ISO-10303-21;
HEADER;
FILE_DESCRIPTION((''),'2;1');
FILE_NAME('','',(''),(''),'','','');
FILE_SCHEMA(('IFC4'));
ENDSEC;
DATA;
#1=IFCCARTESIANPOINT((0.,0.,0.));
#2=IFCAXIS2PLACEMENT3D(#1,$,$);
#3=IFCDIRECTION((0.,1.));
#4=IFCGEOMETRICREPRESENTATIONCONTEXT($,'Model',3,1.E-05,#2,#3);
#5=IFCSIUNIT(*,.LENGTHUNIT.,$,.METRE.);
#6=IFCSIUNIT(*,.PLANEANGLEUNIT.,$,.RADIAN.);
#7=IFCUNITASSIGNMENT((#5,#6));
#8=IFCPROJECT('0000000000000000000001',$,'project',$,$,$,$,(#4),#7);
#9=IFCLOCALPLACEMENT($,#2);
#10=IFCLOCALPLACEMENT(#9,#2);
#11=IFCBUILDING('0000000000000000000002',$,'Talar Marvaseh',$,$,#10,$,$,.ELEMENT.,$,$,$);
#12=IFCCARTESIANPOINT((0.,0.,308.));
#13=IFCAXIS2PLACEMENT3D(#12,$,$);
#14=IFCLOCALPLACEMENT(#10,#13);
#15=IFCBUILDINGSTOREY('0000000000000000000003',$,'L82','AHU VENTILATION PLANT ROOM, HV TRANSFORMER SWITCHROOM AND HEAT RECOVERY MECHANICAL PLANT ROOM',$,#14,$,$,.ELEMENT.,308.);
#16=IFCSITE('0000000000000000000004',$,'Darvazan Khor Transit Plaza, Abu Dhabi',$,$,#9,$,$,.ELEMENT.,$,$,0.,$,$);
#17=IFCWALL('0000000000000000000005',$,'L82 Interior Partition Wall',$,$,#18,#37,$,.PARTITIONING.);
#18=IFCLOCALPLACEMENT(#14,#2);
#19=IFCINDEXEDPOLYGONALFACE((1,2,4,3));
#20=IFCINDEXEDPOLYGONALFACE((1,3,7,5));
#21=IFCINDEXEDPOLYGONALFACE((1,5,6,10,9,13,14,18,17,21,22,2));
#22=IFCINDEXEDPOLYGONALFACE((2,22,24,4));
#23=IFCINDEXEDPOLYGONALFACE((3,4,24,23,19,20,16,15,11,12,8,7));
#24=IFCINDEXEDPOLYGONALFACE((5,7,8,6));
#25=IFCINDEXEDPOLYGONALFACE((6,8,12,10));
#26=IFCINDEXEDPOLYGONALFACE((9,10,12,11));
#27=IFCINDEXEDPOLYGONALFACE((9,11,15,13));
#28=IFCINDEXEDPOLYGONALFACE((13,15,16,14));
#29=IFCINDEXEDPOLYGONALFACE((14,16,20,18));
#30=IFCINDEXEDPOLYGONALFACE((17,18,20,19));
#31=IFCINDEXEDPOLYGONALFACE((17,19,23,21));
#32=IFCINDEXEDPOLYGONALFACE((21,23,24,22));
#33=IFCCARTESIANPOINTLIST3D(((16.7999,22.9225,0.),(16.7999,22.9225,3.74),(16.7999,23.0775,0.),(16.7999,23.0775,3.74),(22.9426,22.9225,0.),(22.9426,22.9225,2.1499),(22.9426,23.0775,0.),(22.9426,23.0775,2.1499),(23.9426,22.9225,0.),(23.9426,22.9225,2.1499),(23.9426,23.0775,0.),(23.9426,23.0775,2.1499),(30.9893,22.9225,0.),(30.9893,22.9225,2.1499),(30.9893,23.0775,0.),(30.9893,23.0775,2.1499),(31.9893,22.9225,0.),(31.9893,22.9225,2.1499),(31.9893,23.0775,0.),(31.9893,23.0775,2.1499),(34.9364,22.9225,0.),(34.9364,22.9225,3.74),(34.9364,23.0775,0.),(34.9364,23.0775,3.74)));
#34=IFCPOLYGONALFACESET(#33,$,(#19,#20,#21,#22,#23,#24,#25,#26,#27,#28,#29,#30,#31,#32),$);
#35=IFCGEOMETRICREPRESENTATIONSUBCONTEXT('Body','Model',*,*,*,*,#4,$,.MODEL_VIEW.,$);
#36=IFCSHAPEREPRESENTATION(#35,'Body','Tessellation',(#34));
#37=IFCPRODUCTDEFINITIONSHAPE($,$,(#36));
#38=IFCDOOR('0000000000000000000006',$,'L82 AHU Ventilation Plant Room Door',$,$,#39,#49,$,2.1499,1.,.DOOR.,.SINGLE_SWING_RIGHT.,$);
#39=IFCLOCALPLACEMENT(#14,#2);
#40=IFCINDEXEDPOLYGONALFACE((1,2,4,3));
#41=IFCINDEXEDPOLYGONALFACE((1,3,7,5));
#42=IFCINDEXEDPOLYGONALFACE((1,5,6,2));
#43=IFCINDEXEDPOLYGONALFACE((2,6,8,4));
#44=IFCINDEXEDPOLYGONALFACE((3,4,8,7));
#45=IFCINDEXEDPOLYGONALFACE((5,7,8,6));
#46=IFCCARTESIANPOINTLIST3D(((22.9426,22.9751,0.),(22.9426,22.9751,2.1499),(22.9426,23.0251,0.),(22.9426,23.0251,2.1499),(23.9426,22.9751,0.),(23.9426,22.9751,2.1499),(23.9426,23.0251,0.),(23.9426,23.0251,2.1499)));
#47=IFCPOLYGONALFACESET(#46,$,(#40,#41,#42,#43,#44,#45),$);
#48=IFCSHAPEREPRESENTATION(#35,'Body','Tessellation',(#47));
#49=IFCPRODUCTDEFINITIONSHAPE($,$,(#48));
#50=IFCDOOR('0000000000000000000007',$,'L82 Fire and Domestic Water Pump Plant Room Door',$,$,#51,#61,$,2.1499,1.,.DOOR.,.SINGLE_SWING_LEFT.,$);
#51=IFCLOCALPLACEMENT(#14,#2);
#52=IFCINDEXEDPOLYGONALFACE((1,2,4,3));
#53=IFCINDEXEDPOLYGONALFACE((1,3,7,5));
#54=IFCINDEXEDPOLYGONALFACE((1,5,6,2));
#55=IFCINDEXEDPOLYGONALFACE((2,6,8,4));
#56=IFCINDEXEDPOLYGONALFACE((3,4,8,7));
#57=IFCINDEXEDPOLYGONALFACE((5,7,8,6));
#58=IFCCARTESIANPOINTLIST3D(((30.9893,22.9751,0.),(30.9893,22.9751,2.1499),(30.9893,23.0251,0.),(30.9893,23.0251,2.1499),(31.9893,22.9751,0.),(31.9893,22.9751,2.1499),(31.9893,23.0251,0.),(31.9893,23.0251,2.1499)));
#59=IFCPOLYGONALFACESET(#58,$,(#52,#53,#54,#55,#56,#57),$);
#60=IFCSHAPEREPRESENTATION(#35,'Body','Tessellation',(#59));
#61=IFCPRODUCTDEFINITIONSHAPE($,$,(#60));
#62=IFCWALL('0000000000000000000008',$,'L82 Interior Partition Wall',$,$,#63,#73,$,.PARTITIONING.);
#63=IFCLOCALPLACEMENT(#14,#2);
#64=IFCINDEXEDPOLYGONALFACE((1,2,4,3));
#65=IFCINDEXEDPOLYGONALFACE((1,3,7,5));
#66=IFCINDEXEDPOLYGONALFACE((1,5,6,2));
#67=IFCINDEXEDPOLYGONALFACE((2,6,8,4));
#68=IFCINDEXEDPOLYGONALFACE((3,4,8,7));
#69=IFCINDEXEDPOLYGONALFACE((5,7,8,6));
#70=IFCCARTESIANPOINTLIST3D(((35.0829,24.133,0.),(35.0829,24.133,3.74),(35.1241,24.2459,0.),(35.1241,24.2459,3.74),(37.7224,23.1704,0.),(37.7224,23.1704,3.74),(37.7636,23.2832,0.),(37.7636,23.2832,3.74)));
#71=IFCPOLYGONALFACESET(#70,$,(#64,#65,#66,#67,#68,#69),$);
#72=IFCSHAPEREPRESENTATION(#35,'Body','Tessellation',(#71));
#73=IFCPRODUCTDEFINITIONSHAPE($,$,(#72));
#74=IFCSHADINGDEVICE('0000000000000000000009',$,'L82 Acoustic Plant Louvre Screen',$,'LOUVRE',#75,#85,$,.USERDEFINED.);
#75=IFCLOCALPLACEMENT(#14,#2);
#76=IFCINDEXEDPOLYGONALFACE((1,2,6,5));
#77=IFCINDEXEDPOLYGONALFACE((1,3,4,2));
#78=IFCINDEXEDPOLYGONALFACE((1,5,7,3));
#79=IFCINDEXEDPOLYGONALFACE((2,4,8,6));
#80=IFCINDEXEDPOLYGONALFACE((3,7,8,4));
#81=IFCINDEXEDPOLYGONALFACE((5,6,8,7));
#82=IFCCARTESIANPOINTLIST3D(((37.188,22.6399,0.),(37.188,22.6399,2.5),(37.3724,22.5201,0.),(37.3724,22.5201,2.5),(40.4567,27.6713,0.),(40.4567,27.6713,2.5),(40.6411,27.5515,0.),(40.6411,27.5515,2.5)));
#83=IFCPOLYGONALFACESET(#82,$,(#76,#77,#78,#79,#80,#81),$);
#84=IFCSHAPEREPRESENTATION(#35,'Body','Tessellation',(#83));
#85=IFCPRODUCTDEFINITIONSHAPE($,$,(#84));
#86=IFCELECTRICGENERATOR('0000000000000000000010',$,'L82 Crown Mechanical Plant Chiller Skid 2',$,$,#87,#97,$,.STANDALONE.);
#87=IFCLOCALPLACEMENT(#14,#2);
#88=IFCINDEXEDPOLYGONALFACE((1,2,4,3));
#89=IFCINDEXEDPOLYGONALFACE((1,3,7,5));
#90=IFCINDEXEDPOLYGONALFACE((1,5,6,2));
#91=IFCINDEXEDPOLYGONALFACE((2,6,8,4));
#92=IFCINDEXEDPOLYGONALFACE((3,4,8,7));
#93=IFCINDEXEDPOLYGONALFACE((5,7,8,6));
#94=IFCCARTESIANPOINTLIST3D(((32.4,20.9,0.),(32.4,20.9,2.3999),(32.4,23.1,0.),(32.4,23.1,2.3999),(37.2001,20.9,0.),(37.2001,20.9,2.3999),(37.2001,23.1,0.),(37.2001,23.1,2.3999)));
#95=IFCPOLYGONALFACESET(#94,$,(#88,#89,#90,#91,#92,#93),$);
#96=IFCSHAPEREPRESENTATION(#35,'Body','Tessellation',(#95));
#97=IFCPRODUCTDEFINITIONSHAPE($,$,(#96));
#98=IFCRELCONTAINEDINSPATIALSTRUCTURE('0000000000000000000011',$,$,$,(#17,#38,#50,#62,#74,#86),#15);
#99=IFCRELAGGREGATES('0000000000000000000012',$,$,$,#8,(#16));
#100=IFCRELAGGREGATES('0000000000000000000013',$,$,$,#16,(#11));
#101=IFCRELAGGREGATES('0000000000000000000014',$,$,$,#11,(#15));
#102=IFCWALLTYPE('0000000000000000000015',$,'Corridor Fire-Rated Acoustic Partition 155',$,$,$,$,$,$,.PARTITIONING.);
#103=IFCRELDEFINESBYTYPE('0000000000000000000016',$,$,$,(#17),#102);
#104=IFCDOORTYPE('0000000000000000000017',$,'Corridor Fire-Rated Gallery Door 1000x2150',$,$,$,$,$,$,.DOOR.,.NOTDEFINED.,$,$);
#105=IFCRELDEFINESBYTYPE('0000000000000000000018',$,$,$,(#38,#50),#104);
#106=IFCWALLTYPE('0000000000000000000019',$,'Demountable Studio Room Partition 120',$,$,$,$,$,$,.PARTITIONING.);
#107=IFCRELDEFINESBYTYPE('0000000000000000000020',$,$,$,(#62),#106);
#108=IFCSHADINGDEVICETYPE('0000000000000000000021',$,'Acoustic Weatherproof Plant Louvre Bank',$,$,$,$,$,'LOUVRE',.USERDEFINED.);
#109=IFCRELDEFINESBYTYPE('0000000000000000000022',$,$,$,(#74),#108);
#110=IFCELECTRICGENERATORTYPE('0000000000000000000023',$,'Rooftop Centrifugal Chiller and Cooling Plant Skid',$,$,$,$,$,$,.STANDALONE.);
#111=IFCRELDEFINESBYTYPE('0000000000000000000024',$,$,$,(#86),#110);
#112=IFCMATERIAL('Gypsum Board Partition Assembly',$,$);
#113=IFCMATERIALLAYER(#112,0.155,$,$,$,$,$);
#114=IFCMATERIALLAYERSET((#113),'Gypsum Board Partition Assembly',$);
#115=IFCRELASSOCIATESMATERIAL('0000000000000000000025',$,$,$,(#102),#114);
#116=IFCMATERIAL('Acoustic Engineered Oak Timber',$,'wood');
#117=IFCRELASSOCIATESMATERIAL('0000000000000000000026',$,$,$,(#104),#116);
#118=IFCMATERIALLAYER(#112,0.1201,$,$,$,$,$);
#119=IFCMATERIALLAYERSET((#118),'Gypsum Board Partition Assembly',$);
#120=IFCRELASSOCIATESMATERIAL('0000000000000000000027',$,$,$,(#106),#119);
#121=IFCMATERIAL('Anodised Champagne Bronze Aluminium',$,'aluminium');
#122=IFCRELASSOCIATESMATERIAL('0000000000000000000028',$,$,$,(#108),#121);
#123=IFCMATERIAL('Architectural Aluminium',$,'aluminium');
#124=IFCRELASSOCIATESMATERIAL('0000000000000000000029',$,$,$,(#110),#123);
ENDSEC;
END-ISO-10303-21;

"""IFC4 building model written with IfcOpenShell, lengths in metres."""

from ifc_helpers import new_model, si_unit, direction, frame, frame_2d, origin, origin_2d, place, context, subcontext, project, spatial, rectangle, extrude, source, transform, mapped, material, layer, layer_set, type_object, type_shapes, element, fill, save


model = new_model("IFC4")

# Units and contexts
model_context = context("Model", 3, precision=1e-05, world=origin(), true_north=direction((0.0, 1.0)))
body_context = subcontext(model_context, "Body", "Model", "MODEL_VIEW")
ifc_project = project(units=[si_unit("LENGTHUNIT", "METRE"), si_unit("PLANEANGLEUNIT", "RADIAN")], contexts=[model_context])

# Site, building, storey
site_placement = place(None, origin())
site = spatial("IfcSite", under=ifc_project, at=site_placement, Name="Darvazan Khor Transit Plaza, Abu Dhabi", CompositionType="ELEMENT", RefElevation=0.0)
building_placement = place(site_placement, origin())
building = spatial("IfcBuilding", under=site, at=building_placement, Name="Talar Marvaseh", CompositionType="ELEMENT")
storey_placement = place(building_placement, frame((0.0, 0.0, 308.0)))
storey = spatial("IfcBuildingStorey", under=building, at=storey_placement, Name="L82", Description="AHU VENTILATION PLANT ROOM, HV TRANSFORMER SWITCHROOM AND HEAT RECOVERY MECHANICAL PLANT ROOM", CompositionType="ELEMENT", Elevation=308.0)

# Shared definitions
ifc_material_1 = material(Name="Architectural Aluminium", Category="aluminium")

# Wall, openings, doors
ifc_material_2 = material(Name="Gypsum Board Partition Assembly")
ifc_layer_1 = layer(ifc_material_2, 0.155)
ifc_layer_set_1 = layer_set([ifc_layer_1], Name="Gypsum Board Partition Assembly")
wall_type_1 = type_object("IfcWallType", Name="Corridor Fire-Rated Acoustic Partition 155", PredefinedType="PARTITIONING", material=ifc_layer_set_1)
wall_1_placement = place(storey_placement, frame((34.9365, 23.0, 0.0), z_axis=(0.0, 0.0, 1.0), x_axis=(-1.0, 0.0, 0.0)))
wall_1 = element("IfcWall", 1, at=wall_1_placement, inside=storey, type_object=wall_type_1, Name="L82 Interior Partition Wall", PredefinedType="PARTITIONING", context=body_context, shape_type="SweptSolid", body=[
    extrude(rectangle(XDim=18.1365, YDim=0.155, at=frame_2d((9.0684, 0.0))), origin(), (0.0, 0.0, 1.0), 3.74),
])
opening_1_placement = place(wall_1_placement, frame((10.9939, 0.0, 0.0)))
opening_1 = element("IfcOpeningElement", 2, at=opening_1_placement, cuts=wall_1, PredefinedType="OPENING", context=body_context, shape_type="SweptSolid", body=[
    extrude(rectangle(XDim=1.0, YDim=2.1499, at=frame_2d((0.5, 1.075))), frame((0.0, 0.0874, 0.0), z_axis=(0.0, -1.0, 0.0), x_axis=(1.0, 0.0, 0.0)), (0.0, 0.0, 1.0), 0.175),
])
opening_2_placement = place(wall_1_placement, frame((2.9473, 0.0, 0.0)))
opening_2 = element("IfcOpeningElement", 3, at=opening_2_placement, cuts=wall_1, PredefinedType="OPENING", context=body_context, shape_type="SweptSolid", body=[
    extrude(rectangle(XDim=1.0, YDim=2.1499, at=frame_2d((0.5, 1.075))), frame((0.0, 0.0874, 0.0), z_axis=(0.0, -1.0, 0.0), x_axis=(1.0, 0.0, 0.0)), (0.0, 0.0, 1.0), 0.175),
])
ifc_material_3 = material(Name="Acoustic Engineered Oak Timber", Category="wood")
door_type = type_object("IfcDoorType", Name="Corridor Fire-Rated Gallery Door 1000x2150", OperationType="NOTDEFINED", PredefinedType="DOOR", material=ifc_material_3)
shared_shape_1 = source(origin(), body_context, "Body", "SweptSolid", [
    extrude(rectangle(XDim=1.0, YDim=2.1499, at=frame_2d((0.5, 1.075))), frame((0.0, 0.0249, 0.0), z_axis=(0.0, -1.0, 0.0), x_axis=(1.0, 0.0, 0.0)), (0.0, 0.0, 1.0), 0.05),
])
type_shapes(door_type, [shared_shape_1])
door_1_placement = place(opening_1_placement, origin())
door_1 = element("IfcDoor", 4, at=door_1_placement, inside=storey, type_object=door_type, Name="L82 AHU Ventilation Plant Room Door", OperationType="SINGLE_SWING_RIGHT", OverallHeight=2.1499, OverallWidth=1.0, PredefinedType="DOOR", context=body_context, shape_type="MappedRepresentation", body=[
    mapped(shared_shape_1, transform((0.0, 0.0, 0.0), x_axis=(1.0, 0.0, 0.0), y_axis=(0.0, 1.0, 0.0), z_axis=(0.0, 0.0, 1.0), scale=1.0)),
])
fill(opening_1, door_1)
door_2_placement = place(opening_2_placement, origin())
door_2 = element("IfcDoor", 5, at=door_2_placement, inside=storey, type_object=door_type, Name="L82 Fire and Domestic Water Pump Plant Room Door", OperationType="SINGLE_SWING_LEFT", OverallHeight=2.1499, OverallWidth=1.0, PredefinedType="DOOR", context=body_context, shape_type="MappedRepresentation", body=[
    mapped(shared_shape_1, transform((0.0, 0.0, 0.0), x_axis=(1.0, 0.0, 0.0), y_axis=(0.0, 1.0, 0.0), z_axis=(0.0, 0.0, 1.0), scale=1.0)),
])
fill(opening_2, door_2)

# Wall
ifc_layer_2 = layer(ifc_material_2, 0.1201)
ifc_layer_set_2 = layer_set([ifc_layer_2], Name="Gypsum Board Partition Assembly")
wall_type_2 = type_object("IfcWallType", Name="Demountable Studio Room Partition 120", PredefinedType="PARTITIONING", material=ifc_layer_set_2)
wall_2_placement = place(storey_placement, frame((35.1035, 24.1895, 0.0), z_axis=(0.0, 0.0, 1.0), x_axis=(0.939466, -0.342643, 0.0)))
element("IfcWall", 6, at=wall_2_placement, inside=storey, type_object=wall_type_2, Name="L82 Interior Partition Wall", PredefinedType="PARTITIONING", context=body_context, shape_type="SweptSolid", body=[
    extrude(rectangle(XDim=2.8096, YDim=0.1201, at=frame_2d((1.4048, 0.0))), origin(), (0.0, 0.0, 1.0), 3.74),
])

# Shading device
ifc_material_4 = material(Name="Anodised Champagne Bronze Aluminium", Category="aluminium")
shading_device_type = type_object("IfcShadingDeviceType", Name="Acoustic Weatherproof Plant Louvre Bank", ElementType="LOUVRE", PredefinedType="USERDEFINED", material=ifc_material_4)
shared_shape_2 = source(origin(), body_context, "Body", "SweptSolid", [
    extrude(rectangle(XDim=6.0, YDim=0.22, at=origin_2d()), origin(), (0.0, 0.0, 1.0), 2.5),
])
type_shapes(shading_device_type, [shared_shape_2])
shading_device_placement = place(storey_placement, frame((38.9146, 25.0957, 0.0), z_axis=(0.0, 0.0, 1.0), x_axis=(-0.544785, -0.838575, 0.0)))
element("IfcShadingDevice", 7, at=shading_device_placement, inside=storey, type_object=shading_device_type, Name="L82 Acoustic Plant Louvre Screen", ObjectType="LOUVRE", PredefinedType="USERDEFINED", context=body_context, shape_type="MappedRepresentation", body=[
    mapped(shared_shape_2, transform((0.0, 0.0, 0.0), x_axis=(1.0, 0.0, 0.0), y_axis=(0.0, 1.0, 0.0), z_axis=(0.0, 0.0, 1.0), scale=1.0)),
])

# Electric generator
electric_generator_type = type_object("IfcElectricGeneratorType", Name="Rooftop Centrifugal Chiller and Cooling Plant Skid", PredefinedType="STANDALONE", material=ifc_material_1)
shared_shape_3 = source(origin(), body_context, "Body", "SweptSolid", [
    extrude(rectangle(XDim=4.8, YDim=2.2, at=origin_2d()), origin(), (0.0, 0.0, 1.0), 2.3999),
])
type_shapes(electric_generator_type, [shared_shape_3])
electric_generator_placement = place(storey_placement, frame((34.8, 22.0, 0.0), z_axis=(0.0, 0.0, 1.0), x_axis=(1.0, 0.0, 0.0)))
element("IfcElectricGenerator", 8, at=electric_generator_placement, inside=storey, type_object=electric_generator_type, Name="L82 Crown Mechanical Plant Chiller Skid 2", PredefinedType="STANDALONE", context=body_context, shape_type="MappedRepresentation", body=[
    mapped(shared_shape_3, transform((0.0, 0.0, 0.0), x_axis=(1.0, 0.0, 0.0), y_axis=(0.0, 1.0, 0.0), z_axis=(0.0, 0.0, 1.0), scale=1.0)),
])

save(model, "model.ifc")
